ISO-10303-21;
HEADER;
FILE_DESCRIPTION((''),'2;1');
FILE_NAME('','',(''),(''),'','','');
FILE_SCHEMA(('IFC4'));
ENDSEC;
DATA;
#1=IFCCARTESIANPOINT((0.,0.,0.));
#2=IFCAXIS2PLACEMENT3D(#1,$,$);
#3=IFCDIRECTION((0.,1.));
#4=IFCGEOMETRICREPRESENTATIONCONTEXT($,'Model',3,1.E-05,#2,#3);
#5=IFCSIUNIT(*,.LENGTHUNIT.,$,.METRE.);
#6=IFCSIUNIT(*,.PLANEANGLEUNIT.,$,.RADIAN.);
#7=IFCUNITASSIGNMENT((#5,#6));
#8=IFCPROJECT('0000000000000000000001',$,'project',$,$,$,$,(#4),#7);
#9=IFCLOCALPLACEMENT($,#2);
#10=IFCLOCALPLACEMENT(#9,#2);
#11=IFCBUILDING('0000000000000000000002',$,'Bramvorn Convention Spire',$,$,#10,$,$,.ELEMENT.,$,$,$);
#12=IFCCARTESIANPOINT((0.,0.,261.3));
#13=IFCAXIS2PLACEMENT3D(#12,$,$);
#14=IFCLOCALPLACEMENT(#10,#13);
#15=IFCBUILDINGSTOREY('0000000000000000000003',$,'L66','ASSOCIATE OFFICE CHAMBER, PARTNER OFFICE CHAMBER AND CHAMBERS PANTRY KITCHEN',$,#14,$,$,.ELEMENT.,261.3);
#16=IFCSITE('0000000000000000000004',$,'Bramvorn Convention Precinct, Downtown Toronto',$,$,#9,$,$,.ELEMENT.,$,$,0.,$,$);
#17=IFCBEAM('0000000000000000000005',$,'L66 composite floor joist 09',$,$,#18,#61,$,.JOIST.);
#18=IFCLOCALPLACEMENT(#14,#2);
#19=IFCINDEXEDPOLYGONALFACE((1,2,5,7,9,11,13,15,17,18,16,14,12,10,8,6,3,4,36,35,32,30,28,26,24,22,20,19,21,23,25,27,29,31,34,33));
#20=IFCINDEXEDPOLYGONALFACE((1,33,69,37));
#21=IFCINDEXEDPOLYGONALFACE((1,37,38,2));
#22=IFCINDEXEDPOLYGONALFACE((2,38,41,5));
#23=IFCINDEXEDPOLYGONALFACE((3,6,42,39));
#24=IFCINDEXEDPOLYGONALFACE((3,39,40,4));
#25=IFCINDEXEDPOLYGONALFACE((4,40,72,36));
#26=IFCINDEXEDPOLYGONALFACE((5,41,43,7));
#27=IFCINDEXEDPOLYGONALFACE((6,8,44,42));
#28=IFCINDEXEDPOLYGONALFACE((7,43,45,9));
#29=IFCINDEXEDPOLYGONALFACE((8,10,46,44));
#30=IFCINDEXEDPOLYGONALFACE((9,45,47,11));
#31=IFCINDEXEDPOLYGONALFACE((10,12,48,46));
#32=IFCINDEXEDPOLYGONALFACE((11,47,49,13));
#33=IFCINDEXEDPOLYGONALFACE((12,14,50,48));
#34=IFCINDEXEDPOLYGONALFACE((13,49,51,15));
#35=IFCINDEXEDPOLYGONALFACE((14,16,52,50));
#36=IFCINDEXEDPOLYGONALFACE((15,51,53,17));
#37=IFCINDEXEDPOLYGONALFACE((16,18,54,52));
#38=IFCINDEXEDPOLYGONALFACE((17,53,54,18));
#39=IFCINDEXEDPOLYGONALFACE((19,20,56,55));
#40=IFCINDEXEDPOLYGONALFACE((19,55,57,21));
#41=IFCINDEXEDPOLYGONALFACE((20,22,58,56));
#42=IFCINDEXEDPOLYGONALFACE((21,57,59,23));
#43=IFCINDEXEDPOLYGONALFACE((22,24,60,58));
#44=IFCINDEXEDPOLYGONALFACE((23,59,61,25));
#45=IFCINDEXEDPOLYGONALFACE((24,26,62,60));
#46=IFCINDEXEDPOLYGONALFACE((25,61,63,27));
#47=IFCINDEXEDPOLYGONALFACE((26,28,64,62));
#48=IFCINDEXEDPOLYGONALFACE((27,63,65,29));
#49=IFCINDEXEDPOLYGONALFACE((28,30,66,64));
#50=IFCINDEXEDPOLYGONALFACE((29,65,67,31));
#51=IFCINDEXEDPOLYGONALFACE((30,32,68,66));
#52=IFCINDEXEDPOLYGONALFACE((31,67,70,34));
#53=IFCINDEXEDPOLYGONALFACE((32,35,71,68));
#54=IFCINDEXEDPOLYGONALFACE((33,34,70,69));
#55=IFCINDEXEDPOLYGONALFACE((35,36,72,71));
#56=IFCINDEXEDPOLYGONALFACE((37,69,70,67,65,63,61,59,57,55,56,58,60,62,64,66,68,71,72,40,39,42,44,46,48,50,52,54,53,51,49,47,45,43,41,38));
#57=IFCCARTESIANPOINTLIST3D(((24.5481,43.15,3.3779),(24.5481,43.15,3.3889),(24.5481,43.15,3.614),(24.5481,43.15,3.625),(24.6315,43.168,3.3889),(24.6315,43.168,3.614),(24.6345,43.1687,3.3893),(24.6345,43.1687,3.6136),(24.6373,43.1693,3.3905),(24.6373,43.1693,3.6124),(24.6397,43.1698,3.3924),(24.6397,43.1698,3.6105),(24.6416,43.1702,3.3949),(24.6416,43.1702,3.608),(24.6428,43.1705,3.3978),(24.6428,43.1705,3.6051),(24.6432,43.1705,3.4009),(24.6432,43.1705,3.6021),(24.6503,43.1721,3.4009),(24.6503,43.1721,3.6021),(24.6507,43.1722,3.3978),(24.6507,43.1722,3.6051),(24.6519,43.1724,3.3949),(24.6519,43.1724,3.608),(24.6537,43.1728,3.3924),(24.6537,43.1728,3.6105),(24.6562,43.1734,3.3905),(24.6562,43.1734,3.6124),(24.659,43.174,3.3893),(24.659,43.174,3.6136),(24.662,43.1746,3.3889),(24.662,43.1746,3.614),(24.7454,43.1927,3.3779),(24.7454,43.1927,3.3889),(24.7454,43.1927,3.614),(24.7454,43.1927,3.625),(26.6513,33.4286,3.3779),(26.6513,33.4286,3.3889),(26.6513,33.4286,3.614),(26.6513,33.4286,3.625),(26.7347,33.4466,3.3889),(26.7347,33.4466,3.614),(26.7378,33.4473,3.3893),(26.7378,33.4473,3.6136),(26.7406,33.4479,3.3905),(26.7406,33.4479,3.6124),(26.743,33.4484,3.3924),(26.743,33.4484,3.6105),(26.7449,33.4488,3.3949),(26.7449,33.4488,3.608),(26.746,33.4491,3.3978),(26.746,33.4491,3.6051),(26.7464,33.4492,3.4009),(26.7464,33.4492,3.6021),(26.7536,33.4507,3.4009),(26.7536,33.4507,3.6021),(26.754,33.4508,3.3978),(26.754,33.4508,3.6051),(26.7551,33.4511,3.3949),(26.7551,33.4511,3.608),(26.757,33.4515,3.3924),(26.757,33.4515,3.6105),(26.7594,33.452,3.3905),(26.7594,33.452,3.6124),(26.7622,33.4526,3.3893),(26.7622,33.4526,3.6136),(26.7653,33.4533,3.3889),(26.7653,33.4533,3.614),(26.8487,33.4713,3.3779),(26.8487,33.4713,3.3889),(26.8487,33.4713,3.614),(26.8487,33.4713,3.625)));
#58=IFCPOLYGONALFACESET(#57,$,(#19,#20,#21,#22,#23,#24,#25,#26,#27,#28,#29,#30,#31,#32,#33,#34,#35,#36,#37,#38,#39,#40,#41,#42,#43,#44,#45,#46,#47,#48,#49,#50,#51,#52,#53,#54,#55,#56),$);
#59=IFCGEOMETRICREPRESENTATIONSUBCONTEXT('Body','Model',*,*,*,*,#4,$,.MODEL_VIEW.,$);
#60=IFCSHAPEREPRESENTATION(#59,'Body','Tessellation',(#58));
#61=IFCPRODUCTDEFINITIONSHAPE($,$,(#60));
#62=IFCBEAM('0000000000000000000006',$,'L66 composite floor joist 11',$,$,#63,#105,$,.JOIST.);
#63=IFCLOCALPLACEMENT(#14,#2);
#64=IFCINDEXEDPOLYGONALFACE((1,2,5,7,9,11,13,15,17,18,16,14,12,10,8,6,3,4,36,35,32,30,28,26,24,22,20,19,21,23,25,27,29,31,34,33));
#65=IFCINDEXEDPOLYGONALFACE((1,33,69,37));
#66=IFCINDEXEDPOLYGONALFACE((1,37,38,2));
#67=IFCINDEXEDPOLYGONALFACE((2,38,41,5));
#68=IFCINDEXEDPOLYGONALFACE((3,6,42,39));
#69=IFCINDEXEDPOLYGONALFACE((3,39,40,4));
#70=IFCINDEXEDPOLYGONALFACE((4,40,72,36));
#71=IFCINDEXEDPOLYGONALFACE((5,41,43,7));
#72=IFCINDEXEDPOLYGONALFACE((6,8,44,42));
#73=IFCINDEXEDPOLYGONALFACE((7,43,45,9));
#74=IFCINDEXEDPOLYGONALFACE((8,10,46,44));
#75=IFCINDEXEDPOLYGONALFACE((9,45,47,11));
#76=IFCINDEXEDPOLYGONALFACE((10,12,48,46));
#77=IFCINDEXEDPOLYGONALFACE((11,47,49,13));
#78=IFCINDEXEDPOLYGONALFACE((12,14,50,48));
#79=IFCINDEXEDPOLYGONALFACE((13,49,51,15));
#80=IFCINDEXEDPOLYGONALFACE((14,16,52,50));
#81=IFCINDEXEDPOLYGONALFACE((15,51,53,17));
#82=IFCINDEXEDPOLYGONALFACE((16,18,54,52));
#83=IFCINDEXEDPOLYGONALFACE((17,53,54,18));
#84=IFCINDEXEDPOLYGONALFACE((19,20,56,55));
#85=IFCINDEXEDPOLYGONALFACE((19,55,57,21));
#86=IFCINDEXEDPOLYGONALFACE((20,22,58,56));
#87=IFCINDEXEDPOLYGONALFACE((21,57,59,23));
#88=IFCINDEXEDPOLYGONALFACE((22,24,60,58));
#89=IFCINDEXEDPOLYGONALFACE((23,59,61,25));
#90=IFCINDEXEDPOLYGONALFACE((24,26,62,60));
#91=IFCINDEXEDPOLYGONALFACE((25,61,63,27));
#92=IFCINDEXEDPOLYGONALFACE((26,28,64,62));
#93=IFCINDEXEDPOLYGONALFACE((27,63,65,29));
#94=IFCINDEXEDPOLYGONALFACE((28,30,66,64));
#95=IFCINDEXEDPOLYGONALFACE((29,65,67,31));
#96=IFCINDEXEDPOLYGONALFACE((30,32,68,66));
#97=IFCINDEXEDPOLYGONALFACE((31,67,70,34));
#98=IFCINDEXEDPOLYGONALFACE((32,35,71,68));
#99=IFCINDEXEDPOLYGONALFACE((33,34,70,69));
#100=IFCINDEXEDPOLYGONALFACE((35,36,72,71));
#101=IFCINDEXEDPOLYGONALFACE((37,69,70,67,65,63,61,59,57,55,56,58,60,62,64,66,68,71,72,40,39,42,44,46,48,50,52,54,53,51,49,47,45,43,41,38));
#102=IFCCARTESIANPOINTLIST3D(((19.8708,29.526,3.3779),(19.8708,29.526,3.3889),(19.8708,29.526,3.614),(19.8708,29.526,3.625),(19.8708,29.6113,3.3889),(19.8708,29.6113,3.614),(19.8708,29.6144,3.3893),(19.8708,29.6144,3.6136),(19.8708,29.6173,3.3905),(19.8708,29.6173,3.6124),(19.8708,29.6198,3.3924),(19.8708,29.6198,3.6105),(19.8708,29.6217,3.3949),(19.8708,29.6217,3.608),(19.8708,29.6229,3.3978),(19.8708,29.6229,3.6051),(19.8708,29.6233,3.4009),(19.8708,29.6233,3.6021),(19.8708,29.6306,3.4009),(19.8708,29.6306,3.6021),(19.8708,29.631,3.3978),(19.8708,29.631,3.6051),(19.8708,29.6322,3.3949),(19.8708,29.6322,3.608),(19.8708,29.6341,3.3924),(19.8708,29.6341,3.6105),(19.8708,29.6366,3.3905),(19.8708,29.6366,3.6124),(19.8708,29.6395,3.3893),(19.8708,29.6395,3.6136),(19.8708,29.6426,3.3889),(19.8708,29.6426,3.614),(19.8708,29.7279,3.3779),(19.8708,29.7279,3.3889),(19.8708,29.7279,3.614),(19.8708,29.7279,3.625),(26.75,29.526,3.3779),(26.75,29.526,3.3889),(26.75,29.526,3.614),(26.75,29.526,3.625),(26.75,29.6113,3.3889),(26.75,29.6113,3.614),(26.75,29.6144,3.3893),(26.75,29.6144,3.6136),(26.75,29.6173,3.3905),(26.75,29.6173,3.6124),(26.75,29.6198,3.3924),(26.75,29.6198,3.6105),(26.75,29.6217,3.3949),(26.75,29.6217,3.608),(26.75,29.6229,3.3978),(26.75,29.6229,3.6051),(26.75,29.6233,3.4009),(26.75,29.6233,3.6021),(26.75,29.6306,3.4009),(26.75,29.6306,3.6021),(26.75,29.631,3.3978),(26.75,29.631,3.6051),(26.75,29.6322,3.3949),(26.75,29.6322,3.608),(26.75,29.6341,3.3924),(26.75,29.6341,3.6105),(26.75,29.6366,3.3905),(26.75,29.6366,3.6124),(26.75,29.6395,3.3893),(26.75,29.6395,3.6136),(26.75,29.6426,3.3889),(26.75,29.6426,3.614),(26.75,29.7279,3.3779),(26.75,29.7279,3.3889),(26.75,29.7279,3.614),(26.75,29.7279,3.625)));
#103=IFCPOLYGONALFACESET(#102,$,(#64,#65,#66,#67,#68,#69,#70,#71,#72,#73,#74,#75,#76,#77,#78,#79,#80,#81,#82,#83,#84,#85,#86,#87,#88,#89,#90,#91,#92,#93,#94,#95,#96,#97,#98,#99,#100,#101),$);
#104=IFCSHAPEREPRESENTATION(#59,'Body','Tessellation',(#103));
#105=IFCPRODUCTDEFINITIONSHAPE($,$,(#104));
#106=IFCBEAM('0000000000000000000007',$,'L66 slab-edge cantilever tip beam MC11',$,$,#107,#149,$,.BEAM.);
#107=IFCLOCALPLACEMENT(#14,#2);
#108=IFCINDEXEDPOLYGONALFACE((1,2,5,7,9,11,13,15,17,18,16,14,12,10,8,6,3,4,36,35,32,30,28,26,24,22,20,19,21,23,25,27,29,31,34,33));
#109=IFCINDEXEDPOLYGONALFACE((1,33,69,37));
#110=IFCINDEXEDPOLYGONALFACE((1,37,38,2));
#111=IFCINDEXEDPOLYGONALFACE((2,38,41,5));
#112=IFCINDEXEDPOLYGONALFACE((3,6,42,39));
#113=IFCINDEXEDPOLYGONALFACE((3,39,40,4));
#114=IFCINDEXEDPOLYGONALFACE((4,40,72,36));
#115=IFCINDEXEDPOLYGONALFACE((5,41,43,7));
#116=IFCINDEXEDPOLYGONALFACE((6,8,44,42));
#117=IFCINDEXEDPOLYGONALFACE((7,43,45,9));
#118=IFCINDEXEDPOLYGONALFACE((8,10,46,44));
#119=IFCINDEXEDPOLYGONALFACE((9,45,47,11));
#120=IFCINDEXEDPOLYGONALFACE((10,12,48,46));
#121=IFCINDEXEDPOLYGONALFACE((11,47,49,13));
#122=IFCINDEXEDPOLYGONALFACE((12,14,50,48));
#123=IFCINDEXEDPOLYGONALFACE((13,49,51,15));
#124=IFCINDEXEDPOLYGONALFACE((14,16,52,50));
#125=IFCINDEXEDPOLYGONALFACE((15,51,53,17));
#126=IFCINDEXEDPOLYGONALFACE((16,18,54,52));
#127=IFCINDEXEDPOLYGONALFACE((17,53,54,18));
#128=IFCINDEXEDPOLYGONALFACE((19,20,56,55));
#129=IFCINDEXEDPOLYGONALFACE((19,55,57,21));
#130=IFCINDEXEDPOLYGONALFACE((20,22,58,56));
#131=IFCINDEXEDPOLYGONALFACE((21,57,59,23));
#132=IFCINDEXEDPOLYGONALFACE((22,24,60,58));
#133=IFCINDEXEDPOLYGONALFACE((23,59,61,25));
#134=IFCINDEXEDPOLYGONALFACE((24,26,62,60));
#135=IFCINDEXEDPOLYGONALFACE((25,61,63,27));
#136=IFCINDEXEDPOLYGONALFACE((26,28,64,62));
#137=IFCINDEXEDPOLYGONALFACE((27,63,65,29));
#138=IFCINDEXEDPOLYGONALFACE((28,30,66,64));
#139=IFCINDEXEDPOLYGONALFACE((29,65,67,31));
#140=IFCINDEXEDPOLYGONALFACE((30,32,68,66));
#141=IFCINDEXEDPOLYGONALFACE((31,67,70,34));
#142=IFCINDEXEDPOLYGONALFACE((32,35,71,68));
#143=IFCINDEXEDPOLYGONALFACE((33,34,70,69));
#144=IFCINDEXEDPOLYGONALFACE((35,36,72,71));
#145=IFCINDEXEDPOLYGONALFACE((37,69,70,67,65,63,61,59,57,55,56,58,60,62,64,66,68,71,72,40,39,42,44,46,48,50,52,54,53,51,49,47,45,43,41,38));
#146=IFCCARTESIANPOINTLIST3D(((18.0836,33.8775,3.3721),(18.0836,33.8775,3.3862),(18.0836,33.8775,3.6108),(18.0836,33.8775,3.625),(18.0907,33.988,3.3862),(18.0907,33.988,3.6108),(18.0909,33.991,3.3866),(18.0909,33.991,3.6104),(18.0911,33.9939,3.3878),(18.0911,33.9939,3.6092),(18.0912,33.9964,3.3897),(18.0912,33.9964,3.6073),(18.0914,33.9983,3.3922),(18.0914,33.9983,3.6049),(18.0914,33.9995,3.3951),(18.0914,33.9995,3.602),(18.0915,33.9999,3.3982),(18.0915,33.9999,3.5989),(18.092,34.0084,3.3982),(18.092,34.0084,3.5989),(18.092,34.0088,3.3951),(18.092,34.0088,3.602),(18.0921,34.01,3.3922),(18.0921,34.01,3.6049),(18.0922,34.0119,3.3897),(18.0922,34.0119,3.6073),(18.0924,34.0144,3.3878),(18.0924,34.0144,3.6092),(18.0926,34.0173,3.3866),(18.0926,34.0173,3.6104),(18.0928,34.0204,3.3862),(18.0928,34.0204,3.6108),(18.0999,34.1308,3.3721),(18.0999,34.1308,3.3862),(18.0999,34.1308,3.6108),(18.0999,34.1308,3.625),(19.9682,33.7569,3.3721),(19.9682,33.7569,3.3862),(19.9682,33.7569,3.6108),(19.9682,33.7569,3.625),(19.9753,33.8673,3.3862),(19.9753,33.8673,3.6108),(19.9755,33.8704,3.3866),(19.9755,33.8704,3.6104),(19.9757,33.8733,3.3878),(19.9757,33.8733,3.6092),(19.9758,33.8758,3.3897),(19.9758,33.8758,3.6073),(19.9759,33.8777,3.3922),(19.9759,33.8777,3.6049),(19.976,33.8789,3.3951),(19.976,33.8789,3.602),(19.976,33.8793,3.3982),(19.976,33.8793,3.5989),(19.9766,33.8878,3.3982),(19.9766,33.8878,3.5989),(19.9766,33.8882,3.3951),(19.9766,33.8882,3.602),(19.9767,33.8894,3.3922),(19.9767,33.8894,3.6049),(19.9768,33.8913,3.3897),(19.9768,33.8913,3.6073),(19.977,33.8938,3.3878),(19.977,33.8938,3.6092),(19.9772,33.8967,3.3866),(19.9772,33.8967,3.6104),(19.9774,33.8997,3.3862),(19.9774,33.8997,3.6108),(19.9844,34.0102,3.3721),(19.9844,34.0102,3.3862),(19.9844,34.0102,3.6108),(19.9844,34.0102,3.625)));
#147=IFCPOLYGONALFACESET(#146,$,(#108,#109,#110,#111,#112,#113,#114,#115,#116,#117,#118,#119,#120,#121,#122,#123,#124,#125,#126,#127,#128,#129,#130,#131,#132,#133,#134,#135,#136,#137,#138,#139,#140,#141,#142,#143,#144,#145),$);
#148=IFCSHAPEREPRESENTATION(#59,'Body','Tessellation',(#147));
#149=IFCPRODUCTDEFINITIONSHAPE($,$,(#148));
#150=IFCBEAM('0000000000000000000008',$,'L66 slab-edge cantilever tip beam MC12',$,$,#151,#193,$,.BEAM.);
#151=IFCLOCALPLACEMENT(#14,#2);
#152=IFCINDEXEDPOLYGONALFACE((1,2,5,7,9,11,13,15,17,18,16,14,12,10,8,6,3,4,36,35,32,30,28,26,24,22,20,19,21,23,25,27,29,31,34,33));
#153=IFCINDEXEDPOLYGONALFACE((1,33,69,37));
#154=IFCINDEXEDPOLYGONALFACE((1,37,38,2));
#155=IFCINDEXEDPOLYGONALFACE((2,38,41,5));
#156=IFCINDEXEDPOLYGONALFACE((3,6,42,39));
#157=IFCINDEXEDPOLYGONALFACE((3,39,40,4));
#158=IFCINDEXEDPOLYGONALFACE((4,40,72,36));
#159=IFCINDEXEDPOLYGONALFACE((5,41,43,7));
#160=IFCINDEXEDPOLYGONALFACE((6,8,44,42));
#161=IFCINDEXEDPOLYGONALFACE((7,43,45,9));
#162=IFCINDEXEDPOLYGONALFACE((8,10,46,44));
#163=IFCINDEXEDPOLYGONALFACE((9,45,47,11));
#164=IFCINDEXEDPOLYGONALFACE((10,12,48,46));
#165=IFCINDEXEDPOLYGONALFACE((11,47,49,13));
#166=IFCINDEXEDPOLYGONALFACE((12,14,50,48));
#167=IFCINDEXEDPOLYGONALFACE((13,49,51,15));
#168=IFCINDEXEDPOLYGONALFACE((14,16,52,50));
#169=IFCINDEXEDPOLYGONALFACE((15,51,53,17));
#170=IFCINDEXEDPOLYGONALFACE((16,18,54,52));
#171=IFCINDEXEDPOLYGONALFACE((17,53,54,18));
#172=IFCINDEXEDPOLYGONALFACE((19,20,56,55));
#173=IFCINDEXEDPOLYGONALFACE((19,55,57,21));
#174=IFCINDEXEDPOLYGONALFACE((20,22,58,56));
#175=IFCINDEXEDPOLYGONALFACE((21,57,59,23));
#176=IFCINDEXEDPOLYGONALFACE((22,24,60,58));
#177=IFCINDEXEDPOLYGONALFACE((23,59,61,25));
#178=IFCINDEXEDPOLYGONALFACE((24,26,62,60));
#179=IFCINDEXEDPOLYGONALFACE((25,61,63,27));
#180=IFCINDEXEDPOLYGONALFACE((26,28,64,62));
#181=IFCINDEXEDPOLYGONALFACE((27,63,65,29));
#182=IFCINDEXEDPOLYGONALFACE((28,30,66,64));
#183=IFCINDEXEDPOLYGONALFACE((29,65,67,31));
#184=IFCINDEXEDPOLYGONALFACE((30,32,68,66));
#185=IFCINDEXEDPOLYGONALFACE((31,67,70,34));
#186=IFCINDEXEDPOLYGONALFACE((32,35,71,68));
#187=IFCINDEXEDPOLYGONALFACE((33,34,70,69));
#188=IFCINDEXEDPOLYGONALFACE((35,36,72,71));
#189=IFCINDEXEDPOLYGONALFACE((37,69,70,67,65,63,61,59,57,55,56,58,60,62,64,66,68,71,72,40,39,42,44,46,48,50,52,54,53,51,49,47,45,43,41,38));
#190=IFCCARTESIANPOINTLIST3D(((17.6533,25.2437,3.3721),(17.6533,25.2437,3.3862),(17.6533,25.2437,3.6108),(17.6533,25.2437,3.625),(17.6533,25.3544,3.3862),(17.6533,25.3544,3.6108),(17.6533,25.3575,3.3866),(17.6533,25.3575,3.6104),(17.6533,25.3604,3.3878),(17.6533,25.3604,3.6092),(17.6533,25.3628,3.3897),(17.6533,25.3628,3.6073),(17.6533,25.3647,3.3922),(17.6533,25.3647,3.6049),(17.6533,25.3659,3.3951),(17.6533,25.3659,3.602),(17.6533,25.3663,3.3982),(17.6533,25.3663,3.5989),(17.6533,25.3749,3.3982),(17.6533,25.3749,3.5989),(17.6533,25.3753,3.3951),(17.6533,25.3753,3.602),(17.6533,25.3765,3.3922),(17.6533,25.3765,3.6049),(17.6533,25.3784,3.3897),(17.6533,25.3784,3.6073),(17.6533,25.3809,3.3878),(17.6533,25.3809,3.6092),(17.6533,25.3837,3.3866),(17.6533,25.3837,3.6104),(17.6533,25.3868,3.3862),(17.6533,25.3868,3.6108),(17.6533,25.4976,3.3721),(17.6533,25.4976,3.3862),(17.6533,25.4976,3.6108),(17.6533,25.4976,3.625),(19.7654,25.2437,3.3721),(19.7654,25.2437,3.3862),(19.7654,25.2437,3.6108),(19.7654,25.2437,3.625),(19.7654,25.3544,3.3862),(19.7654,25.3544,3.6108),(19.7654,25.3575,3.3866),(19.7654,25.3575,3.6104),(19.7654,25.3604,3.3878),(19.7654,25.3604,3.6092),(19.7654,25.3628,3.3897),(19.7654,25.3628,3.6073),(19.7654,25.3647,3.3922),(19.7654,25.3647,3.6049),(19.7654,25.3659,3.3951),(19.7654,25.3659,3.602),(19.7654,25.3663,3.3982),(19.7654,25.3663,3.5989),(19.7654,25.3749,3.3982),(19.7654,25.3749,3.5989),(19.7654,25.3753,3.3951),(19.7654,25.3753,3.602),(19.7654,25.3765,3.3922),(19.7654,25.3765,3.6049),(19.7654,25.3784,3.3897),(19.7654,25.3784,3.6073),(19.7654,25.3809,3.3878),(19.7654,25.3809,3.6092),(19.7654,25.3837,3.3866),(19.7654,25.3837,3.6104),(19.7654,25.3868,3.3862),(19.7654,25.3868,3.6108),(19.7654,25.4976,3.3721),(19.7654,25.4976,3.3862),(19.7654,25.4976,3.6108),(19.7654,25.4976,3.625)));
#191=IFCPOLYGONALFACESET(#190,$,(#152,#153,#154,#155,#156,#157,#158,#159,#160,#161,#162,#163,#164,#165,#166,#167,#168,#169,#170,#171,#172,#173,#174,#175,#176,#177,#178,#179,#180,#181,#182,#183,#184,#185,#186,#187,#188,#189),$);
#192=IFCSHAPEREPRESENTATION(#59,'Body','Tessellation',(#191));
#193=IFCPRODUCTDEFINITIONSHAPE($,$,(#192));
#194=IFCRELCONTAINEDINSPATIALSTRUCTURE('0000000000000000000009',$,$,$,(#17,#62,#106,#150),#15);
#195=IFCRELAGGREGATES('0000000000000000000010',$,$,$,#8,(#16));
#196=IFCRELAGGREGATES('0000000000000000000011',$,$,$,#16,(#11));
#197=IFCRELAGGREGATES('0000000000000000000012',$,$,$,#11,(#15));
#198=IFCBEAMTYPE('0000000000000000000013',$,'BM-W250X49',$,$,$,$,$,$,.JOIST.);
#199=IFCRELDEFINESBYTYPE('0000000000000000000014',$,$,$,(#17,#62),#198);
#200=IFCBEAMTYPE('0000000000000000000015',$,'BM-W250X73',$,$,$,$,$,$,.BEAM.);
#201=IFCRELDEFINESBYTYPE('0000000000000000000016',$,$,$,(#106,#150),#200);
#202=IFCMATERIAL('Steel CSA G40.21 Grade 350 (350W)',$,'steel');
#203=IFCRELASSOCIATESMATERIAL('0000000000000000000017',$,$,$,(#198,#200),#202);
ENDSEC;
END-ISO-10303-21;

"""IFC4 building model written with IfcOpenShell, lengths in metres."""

from ifc_helpers import new_model, si_unit, direction, frame, origin, origin_2d, place, context, subcontext, project, spatial, i_section, extrude, material, material_profile, profile_set, type_object, element, save


model = new_model("IFC4")

# Units and contexts
model_context = context("Model", 3, precision=1e-05, world=origin(), true_north=direction((0.0, 1.0)))
body_context = subcontext(model_context, "Body", "Model", "MODEL_VIEW")
ifc_project = project(units=[si_unit("LENGTHUNIT", "METRE"), si_unit("PLANEANGLEUNIT", "RADIAN")], contexts=[model_context])

# Site, building, storey
site_placement = place(None, origin())
site = spatial("IfcSite", under=ifc_project, at=site_placement, Name="Bramvorn Convention Precinct, Downtown Toronto", CompositionType="ELEMENT", RefElevation=0.0)
building_placement = place(site_placement, origin())
building = spatial("IfcBuilding", under=site, at=building_placement, Name="Bramvorn Convention Spire", CompositionType="ELEMENT")
storey_placement = place(building_placement, frame((0.0, 0.0, 261.3)))
storey = spatial("IfcBuildingStorey", under=building, at=storey_placement, Name="L66", Description="ASSOCIATE OFFICE CHAMBER, PARTNER OFFICE CHAMBER AND CHAMBERS PANTRY KITCHEN", CompositionType="ELEMENT", Elevation=261.3)

# Shared definitions
ifc_material_1 = material(Name="Steel CSA G40.21 Grade 350 (350W)", Category="steel")

# Beams
ifc_material_profile_1 = material_profile(ifc_material_1, i_section(OverallWidth=0.2019, OverallDepth=0.2471, WebThickness=0.0073, FlangeThickness=0.011, FilletRadius=0.012, at=origin_2d()))
ifc_profile_set_1 = profile_set([ifc_material_profile_1], Name="Steel CSA G40.21 Grade 350 (350W) - W250X49")
beam_type_1 = type_object("IfcBeamType", Name="BM-W250X49", PredefinedType="JOIST", material=ifc_profile_set_1)
beam_1_placement = place(storey_placement, frame((26.75, 33.45, 3.5015), z_axis=(-0.211461, 0.977386, 0.0), x_axis=(-0.977386, -0.211461, 0.0)))
element("IfcBeam", 1, at=beam_1_placement, inside=storey, type_object=beam_type_1, Name="L66 composite floor joist 09", PredefinedType="JOIST", context=body_context, shape_type="SweptSolid", body=[
    extrude(i_section(OverallWidth=0.2019, OverallDepth=0.2471, WebThickness=0.0073, FlangeThickness=0.011, FilletRadius=0.012, at=origin_2d()), origin(), (0.0, 0.0, 1.0), 9.9463),
])
beam_2_placement = place(storey_placement, frame((26.75, 29.627, 3.5015), z_axis=(-1.0, 0.0, 0.0), x_axis=(0.0, -1.0, 0.0)))
element("IfcBeam", 2, at=beam_2_placement, inside=storey, type_object=beam_type_1, Name="L66 composite floor joist 11", PredefinedType="JOIST", context=body_context, shape_type="SweptSolid", body=[
    extrude(i_section(OverallWidth=0.2019, OverallDepth=0.2471, WebThickness=0.0073, FlangeThickness=0.011, FilletRadius=0.012, at=origin_2d()), origin(), (0.0, 0.0, 1.0), 6.8792),
])
ifc_material_profile_2 = material_profile(ifc_material_1, i_section(OverallWidth=0.2539, OverallDepth=0.2529, WebThickness=0.0085, FlangeThickness=0.0142, FilletRadius=0.012, at=origin_2d()))
ifc_profile_set_2 = profile_set([ifc_material_profile_2], Name="Steel CSA G40.21 Grade 350 (350W) - W250X73")
beam_type_2 = type_object("IfcBeamType", Name="BM-W250X73", PredefinedType="BEAM", material=ifc_profile_set_2)
beam_3_placement = place(storey_placement, frame((19.9763, 33.8835, 3.4985), z_axis=(-0.997958, 0.063867, 0.0), x_axis=(-0.063867, -0.997958, 0.0)))
element("IfcBeam", 3, at=beam_3_placement, inside=storey, type_object=beam_type_2, Name="L66 slab-edge cantilever tip beam MC11", PredefinedType="BEAM", context=body_context, shape_type="SweptSolid", body=[
    extrude(i_section(OverallWidth=0.2539, OverallDepth=0.2529, WebThickness=0.0085, FlangeThickness=0.0142, FilletRadius=0.012, at=origin_2d()), origin(), (0.0, 0.0, 1.0), 1.8884),
])
beam_4_placement = place(storey_placement, frame((19.7654, 25.3706, 3.4985), z_axis=(-1.0, 0.0, 0.0), x_axis=(0.0, -1.0, 0.0)))
element("IfcBeam", 4, at=beam_4_placement, inside=storey, type_object=beam_type_2, Name="L66 slab-edge cantilever tip beam MC12", PredefinedType="BEAM", context=body_context, shape_type="SweptSolid", body=[
    extrude(i_section(OverallWidth=0.2539, OverallDepth=0.2529, WebThickness=0.0085, FlangeThickness=0.0142, FilletRadius=0.012, at=origin_2d()), origin(), (0.0, 0.0, 1.0), 2.1121),
])

save(model, "model.ifc")
